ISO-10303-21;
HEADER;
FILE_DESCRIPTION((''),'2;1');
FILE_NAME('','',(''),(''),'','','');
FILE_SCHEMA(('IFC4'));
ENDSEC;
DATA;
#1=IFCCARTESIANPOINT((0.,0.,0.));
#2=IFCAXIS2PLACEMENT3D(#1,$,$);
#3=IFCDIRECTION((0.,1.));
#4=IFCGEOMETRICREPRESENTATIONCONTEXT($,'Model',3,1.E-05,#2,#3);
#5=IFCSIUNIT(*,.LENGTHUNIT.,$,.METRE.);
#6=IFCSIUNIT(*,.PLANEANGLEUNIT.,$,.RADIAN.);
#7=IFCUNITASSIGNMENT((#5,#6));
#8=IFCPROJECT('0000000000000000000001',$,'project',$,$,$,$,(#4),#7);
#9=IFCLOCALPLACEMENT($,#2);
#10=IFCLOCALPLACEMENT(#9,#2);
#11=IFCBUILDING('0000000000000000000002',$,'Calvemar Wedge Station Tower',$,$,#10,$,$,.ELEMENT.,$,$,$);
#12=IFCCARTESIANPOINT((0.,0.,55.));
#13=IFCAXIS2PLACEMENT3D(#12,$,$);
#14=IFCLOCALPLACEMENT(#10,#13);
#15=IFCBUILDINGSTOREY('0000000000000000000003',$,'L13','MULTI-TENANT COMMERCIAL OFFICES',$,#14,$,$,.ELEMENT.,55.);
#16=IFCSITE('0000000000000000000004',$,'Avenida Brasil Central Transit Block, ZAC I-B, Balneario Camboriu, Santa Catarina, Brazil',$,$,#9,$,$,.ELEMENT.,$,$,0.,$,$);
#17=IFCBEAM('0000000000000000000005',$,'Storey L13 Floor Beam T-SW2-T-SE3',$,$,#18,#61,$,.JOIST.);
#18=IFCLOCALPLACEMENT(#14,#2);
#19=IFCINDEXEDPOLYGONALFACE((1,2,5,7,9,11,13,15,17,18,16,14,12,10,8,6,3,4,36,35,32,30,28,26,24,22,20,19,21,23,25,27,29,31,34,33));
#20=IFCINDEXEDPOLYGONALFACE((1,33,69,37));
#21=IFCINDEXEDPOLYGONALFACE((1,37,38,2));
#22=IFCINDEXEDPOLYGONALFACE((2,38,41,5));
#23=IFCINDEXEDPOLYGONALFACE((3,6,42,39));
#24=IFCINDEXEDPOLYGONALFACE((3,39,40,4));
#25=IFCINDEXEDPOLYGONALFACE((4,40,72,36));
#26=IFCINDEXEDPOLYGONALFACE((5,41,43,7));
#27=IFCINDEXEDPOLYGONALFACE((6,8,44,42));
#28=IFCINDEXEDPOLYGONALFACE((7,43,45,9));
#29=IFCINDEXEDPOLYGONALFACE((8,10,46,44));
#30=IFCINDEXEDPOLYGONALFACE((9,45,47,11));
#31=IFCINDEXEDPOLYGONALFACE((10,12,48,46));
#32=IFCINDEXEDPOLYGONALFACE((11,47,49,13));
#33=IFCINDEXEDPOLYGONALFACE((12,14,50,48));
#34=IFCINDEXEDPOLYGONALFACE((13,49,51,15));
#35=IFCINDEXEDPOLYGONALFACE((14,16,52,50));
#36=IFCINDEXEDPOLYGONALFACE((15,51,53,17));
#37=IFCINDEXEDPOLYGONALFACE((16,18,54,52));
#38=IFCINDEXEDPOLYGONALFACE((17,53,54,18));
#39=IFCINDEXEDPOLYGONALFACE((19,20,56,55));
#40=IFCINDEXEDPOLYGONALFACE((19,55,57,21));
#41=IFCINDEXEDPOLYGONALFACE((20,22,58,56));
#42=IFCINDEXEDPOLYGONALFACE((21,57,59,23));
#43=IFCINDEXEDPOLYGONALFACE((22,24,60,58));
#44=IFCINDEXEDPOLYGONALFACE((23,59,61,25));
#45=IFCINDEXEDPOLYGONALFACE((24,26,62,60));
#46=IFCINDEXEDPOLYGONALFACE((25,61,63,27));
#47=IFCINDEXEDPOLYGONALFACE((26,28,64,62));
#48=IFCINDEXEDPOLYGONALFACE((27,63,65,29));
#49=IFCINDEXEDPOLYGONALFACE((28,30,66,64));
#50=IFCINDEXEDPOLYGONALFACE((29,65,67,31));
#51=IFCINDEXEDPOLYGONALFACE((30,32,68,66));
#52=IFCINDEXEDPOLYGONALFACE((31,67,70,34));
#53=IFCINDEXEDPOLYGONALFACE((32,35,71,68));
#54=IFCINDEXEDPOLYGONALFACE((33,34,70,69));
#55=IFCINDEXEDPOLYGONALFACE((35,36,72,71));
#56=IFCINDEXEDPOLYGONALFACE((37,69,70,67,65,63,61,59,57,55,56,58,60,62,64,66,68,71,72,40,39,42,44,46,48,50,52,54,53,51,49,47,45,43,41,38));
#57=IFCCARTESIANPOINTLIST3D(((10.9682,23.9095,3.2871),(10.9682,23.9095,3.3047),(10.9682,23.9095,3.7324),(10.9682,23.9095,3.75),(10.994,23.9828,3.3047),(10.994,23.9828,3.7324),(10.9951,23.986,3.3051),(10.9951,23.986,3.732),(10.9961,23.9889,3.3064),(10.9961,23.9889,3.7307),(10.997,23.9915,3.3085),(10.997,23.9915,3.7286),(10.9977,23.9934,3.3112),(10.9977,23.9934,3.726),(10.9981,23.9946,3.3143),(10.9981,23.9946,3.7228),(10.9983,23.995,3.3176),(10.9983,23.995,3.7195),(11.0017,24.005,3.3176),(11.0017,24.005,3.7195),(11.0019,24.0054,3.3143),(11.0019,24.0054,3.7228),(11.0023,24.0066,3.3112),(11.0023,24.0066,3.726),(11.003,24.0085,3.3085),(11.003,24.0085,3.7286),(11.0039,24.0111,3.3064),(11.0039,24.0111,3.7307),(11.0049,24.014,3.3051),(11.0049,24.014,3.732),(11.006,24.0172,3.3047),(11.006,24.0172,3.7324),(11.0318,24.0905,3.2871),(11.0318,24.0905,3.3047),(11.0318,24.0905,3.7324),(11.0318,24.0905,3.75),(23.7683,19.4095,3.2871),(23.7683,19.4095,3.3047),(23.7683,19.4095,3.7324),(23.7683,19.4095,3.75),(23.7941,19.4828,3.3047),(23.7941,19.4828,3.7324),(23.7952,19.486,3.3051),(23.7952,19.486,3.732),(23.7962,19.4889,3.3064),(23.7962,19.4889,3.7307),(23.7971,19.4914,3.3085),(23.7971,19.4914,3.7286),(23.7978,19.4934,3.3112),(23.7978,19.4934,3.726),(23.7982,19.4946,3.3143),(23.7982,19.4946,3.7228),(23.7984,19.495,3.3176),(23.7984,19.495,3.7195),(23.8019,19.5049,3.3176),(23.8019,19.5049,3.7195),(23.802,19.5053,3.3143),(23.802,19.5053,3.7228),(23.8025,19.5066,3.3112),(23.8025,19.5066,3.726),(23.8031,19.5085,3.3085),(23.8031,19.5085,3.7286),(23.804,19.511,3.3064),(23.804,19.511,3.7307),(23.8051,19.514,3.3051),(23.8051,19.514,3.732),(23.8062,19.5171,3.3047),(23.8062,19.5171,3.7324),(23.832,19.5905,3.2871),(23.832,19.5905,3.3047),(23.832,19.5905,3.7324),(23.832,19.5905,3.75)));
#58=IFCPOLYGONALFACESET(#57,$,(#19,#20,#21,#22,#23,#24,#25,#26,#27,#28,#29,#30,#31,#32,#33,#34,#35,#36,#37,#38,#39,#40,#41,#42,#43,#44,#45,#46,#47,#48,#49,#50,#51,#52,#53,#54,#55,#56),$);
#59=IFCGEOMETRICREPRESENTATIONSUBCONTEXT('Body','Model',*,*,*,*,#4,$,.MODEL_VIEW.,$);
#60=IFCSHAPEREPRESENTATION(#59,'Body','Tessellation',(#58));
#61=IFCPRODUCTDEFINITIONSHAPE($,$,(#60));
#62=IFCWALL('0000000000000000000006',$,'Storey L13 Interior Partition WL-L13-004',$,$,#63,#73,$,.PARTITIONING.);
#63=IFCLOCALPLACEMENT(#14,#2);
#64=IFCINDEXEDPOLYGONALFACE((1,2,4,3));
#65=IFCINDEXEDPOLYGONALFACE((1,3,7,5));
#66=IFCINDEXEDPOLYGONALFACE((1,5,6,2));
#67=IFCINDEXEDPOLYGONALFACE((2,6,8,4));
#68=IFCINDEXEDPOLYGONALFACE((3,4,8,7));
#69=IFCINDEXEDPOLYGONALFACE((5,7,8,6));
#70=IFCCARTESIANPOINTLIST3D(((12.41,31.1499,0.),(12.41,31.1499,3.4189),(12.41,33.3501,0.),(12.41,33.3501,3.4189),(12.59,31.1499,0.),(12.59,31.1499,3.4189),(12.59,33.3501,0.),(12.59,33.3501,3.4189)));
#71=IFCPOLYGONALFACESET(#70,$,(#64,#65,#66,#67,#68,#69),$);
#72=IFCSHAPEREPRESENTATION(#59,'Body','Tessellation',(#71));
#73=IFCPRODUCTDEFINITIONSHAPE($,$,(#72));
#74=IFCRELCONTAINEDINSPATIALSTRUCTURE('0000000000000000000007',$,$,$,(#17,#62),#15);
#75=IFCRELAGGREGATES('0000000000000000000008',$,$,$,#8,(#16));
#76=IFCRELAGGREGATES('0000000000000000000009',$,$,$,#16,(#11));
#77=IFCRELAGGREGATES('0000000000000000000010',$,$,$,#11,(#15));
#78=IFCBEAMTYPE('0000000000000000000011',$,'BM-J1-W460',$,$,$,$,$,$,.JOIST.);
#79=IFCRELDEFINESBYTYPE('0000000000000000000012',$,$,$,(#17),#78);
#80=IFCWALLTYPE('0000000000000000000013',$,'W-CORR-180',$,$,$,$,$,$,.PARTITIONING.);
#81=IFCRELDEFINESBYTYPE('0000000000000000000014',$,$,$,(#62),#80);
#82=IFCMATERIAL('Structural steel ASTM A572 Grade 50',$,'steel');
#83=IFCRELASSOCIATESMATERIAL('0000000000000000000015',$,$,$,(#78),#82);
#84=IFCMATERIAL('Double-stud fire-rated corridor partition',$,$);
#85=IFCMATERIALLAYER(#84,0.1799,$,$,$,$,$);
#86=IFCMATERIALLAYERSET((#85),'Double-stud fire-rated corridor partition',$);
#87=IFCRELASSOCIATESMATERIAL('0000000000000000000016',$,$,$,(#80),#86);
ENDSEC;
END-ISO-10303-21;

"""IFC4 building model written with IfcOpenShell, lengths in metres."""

from ifc_helpers import new_model, si_unit, direction, frame, frame_2d, origin, origin_2d, place, context, subcontext, project, spatial, rectangle, i_section, extrude, source, transform, mapped, material, layer, layer_set, material_profile, profile_set, type_object, element, save


model = new_model("IFC4")

# Units and contexts
model_context = context("Model", 3, precision=1e-05, world=origin(), true_north=direction((0.0, 1.0)))
body_context = subcontext(model_context, "Body", "Model", "MODEL_VIEW")
ifc_project = project(units=[si_unit("LENGTHUNIT", "METRE"), si_unit("PLANEANGLEUNIT", "RADIAN")], contexts=[model_context])

# Site, building, storey
site_placement = place(None, origin())
site = spatial("IfcSite", under=ifc_project, at=site_placement, Name="Avenida Brasil Central Transit Block, ZAC I-B, Balneario Camboriu, Santa Catarina, Brazil", CompositionType="ELEMENT", RefElevation=0.0)
building_placement = place(site_placement, origin())
building = spatial("IfcBuilding", under=site, at=building_placement, Name="Calvemar Wedge Station Tower", CompositionType="ELEMENT")
storey_placement = place(building_placement, frame((0.0, 0.0, 55.0)))
storey = spatial("IfcBuildingStorey", under=building, at=storey_placement, Name="L13", Description="MULTI-TENANT COMMERCIAL OFFICES", CompositionType="ELEMENT", Elevation=55.0)

# Beam
ifc_material_1 = material(Name="Structural steel ASTM A572 Grade 50", Category="steel")
ifc_material_profile_1 = material_profile(ifc_material_1, i_section(OverallWidth=0.1919, OverallDepth=0.4629, WebThickness=0.0105, FlangeThickness=0.0176, FilletRadius=0.0129, at=origin_2d()), Name="W460x89")
ifc_profile_set_1 = profile_set([ifc_material_profile_1], Name="Structural steel ASTM A572 Grade 50")
beam_type_1 = type_object("IfcBeamType", Name="BM-J1-W460", PredefinedType="JOIST", material=ifc_profile_set_1)
shared_shape_1 = source(origin(), body_context, "Body", "SweptSolid", [
    extrude(i_section(OverallWidth=0.1919, OverallDepth=0.4629, WebThickness=0.0105, FlangeThickness=0.0176, FilletRadius=0.0129, at=origin_2d()), origin(), (0.0, 0.0, 1.0), 13.5681),
])
beam_1_placement = place(storey_placement, frame((11.0, 24.0, 3.5186), z_axis=(0.943398, -0.331662, 0.0), x_axis=(0.331662, 0.943398, 0.0)))
element("IfcBeam", 1, at=beam_1_placement, inside=storey, type_object=beam_type_1, Name="Storey L13 Floor Beam T-SW2-T-SE3", PredefinedType="JOIST", context=body_context, shape_type="MappedRepresentation", body=[
    mapped(shared_shape_1, transform((0.0, 0.0, 0.0), scale=1.0)),
])

# Wall
ifc_material_2 = material(Name="Double-stud fire-rated corridor partition")
ifc_layer_1 = layer(ifc_material_2, 0.1799)
ifc_layer_set_1 = layer_set([ifc_layer_1], Name="Double-stud fire-rated corridor partition")
wall_type_1 = type_object("IfcWallType", Name="W-CORR-180", PredefinedType="PARTITIONING", material=ifc_layer_set_1)
wall_1_placement = place(storey_placement, frame((12.5, 31.1499, 0.0), z_axis=(0.0, 0.0, 1.0), x_axis=(0.0, 1.0, 0.0)))
element("IfcWall", 2, at=wall_1_placement, inside=storey, type_object=wall_type_1, Name="Storey L13 Interior Partition WL-L13-004", PredefinedType="PARTITIONING", context=body_context, shape_type="SweptSolid", body=[
    extrude(rectangle(XDim=2.2002, YDim=0.1799, at=frame_2d((1.1001, 0.0))), origin(), (0.0, 0.0, 1.0), 3.4189),
])

save(model, "model.ifc")
